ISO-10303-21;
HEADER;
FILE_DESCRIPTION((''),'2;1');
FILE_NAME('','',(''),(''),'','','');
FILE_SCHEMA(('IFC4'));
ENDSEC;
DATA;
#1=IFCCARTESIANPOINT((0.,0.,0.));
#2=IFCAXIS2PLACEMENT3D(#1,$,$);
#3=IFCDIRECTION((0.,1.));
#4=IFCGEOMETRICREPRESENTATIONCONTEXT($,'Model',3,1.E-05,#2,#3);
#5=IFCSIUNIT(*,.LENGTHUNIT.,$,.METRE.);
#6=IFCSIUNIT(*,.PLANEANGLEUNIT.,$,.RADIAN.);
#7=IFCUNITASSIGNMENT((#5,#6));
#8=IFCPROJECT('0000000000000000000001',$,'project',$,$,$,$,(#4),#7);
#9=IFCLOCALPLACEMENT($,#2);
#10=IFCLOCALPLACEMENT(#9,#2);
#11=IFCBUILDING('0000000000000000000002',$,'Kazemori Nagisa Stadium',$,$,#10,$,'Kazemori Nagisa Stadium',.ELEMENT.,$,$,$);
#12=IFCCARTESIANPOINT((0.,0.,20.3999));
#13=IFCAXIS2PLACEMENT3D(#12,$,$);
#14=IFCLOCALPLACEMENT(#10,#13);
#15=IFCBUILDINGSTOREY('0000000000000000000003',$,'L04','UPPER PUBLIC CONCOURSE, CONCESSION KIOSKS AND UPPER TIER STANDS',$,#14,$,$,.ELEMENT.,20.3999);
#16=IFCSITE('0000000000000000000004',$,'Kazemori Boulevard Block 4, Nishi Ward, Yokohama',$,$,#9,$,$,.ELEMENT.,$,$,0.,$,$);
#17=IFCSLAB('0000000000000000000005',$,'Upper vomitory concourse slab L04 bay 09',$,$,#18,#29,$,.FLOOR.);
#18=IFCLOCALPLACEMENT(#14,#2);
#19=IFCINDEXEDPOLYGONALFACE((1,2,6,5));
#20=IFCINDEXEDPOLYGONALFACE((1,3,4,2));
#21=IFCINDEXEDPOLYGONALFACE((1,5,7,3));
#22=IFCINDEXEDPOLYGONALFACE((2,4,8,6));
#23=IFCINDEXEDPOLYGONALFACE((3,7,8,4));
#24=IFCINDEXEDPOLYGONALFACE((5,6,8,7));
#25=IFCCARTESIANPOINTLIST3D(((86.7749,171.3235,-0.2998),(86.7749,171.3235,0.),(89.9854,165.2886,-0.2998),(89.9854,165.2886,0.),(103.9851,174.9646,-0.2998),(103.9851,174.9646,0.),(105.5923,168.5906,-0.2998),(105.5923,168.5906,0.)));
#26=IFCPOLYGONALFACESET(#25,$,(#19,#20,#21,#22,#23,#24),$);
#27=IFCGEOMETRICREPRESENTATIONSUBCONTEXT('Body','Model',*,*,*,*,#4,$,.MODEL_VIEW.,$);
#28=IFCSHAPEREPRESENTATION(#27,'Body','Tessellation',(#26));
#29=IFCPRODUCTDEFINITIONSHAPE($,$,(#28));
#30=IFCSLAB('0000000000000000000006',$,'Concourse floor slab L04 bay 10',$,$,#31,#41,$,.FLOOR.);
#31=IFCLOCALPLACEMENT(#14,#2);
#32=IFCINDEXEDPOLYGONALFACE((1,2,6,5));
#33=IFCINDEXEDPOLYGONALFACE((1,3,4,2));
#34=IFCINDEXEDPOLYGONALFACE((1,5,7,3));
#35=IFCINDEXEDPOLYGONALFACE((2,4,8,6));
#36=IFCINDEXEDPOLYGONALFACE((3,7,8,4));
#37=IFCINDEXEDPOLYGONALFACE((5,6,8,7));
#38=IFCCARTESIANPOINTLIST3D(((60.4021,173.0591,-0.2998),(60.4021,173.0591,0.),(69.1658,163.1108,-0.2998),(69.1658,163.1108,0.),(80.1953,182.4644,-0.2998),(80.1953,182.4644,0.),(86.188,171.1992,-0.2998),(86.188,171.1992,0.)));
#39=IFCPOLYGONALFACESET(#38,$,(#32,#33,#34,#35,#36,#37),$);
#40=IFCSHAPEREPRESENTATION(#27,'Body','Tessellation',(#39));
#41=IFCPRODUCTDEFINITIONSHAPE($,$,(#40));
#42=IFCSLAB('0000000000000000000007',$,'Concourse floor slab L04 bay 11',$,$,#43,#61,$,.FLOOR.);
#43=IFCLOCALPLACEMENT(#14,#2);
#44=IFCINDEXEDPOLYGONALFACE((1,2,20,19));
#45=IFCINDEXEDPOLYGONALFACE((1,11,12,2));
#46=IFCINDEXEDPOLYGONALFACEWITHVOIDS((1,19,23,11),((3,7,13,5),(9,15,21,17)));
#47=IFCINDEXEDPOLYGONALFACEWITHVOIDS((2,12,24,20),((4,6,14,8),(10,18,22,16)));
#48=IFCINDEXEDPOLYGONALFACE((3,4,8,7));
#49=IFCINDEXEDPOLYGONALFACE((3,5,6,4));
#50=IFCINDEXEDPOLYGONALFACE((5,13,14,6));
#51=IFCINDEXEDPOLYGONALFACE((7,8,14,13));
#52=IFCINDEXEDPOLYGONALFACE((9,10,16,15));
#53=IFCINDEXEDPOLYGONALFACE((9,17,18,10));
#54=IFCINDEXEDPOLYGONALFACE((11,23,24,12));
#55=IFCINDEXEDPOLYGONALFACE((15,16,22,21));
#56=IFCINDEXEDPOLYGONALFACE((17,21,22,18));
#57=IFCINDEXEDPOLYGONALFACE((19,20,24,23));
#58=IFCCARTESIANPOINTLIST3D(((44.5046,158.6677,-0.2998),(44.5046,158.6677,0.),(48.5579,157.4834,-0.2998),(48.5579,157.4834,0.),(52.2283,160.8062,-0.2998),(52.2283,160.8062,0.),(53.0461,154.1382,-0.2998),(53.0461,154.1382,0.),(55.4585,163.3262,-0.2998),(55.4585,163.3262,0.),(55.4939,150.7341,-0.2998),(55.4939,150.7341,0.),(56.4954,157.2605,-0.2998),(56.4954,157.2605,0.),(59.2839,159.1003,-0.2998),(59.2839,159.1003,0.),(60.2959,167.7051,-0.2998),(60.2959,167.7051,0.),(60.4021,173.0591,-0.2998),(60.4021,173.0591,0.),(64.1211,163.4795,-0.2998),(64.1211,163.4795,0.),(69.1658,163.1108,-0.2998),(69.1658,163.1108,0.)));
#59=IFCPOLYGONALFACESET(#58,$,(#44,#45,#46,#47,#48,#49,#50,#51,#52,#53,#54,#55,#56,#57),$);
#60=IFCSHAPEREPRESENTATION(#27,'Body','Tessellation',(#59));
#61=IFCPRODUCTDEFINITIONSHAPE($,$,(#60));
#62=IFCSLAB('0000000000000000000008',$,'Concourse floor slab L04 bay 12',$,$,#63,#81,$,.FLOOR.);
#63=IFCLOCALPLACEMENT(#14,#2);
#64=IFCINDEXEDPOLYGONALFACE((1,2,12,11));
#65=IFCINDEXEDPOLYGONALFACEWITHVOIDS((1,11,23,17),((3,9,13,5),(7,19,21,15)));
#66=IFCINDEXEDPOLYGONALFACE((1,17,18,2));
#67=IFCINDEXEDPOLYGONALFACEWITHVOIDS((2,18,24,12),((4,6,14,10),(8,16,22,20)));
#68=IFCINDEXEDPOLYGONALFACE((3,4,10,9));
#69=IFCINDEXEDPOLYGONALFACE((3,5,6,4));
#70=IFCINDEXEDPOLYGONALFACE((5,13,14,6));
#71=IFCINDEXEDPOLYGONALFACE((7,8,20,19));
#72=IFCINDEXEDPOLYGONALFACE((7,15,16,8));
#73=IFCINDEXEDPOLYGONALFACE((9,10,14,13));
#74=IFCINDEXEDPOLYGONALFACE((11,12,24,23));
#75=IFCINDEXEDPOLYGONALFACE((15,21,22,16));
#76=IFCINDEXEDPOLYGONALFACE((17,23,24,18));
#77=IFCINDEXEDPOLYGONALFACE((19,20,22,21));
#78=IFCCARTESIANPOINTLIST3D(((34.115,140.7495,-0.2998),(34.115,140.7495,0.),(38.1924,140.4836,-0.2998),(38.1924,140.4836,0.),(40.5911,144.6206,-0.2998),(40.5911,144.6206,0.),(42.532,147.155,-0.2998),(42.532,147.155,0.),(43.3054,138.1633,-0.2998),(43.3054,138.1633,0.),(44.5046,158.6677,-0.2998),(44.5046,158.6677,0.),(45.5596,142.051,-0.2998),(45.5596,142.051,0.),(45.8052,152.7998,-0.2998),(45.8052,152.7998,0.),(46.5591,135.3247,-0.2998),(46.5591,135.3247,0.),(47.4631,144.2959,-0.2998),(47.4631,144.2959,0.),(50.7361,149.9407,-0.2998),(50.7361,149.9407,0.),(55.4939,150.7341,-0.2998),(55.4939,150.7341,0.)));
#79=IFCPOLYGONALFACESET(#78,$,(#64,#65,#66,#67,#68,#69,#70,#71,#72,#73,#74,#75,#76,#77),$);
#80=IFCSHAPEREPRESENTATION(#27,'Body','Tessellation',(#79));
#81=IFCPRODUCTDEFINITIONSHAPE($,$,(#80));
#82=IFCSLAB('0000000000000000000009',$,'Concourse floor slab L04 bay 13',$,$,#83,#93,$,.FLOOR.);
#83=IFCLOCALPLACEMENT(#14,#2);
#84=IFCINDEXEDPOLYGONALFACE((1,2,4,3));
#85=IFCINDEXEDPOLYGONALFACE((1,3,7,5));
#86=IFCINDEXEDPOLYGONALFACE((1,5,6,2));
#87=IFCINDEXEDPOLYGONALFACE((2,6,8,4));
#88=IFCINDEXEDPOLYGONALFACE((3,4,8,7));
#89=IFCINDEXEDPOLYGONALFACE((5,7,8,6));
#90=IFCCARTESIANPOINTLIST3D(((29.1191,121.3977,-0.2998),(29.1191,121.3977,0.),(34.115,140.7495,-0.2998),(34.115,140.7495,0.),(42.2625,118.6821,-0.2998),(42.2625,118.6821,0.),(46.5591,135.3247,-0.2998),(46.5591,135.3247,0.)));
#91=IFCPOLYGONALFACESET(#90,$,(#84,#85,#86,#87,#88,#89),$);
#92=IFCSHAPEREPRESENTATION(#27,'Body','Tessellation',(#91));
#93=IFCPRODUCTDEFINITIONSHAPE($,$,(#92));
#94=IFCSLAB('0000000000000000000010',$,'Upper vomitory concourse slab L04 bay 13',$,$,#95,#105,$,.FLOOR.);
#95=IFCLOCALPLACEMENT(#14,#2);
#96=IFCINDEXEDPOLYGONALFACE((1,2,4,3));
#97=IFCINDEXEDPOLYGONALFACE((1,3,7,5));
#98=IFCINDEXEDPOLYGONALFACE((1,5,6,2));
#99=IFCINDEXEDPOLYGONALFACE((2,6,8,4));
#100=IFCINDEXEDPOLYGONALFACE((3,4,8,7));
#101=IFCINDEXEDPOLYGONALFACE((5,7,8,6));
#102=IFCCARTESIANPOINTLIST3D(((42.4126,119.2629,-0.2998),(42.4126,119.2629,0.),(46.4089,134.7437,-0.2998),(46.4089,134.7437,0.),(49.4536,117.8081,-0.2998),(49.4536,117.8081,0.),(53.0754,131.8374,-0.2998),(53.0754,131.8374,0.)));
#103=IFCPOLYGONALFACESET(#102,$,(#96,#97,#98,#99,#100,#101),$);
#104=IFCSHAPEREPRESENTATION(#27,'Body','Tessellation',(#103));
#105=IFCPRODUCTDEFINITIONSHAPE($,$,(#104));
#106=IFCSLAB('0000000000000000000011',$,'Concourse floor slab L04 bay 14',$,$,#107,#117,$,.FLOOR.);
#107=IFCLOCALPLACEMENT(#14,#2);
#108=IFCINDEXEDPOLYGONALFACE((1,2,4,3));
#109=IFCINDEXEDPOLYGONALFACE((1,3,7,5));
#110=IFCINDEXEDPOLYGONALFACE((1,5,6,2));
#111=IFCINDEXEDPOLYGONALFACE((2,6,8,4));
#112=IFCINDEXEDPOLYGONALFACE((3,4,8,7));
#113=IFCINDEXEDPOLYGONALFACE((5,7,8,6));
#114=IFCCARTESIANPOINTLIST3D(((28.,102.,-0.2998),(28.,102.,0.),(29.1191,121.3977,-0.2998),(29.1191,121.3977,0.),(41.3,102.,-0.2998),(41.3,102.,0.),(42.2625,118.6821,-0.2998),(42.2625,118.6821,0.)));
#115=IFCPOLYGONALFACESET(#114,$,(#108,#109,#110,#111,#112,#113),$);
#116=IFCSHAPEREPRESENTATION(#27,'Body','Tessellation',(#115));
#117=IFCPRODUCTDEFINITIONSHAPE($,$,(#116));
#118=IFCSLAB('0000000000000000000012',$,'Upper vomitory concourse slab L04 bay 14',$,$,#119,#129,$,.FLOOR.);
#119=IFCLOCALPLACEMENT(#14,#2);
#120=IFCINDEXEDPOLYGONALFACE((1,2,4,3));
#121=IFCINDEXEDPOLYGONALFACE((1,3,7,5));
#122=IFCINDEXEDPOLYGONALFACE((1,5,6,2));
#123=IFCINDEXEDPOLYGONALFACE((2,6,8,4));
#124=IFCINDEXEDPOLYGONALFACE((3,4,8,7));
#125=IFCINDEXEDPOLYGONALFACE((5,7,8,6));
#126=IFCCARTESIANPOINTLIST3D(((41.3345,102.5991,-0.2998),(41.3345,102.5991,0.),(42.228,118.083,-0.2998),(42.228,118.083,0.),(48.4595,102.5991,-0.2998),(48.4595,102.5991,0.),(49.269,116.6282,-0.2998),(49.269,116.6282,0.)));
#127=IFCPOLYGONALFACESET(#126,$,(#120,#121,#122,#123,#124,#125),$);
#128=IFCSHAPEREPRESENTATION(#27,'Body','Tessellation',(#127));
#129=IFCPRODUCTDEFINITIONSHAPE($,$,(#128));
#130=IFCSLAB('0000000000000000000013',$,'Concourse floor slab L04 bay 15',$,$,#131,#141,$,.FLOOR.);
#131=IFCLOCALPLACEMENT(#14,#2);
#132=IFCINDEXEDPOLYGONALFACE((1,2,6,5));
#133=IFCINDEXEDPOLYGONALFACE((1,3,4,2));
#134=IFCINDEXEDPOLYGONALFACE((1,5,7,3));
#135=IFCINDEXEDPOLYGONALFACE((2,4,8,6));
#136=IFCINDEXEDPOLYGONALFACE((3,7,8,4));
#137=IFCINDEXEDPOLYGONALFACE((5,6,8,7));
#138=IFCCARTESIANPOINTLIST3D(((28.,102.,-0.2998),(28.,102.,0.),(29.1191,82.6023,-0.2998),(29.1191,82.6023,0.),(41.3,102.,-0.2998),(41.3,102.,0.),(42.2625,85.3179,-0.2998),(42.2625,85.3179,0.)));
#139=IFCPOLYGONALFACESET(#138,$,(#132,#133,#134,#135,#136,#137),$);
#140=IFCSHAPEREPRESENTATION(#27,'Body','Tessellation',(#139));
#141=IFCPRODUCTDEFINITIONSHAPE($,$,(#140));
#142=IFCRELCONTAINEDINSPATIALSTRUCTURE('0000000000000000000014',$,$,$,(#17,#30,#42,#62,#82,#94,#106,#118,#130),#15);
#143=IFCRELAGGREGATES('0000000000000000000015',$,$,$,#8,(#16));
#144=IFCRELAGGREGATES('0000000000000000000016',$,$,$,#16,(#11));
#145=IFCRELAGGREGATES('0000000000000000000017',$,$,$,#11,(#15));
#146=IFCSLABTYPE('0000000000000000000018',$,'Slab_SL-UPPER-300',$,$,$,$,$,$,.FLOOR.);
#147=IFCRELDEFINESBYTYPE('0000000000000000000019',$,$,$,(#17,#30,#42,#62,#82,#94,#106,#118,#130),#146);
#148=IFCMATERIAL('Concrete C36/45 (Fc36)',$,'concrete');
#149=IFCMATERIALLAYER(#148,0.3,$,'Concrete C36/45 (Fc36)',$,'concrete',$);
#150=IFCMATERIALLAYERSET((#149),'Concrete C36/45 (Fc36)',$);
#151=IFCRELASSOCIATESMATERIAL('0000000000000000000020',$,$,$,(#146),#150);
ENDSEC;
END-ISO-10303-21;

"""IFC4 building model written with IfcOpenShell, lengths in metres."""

from ifc_helpers import new_model, si_unit, direction, frame, origin, place, context, subcontext, project, spatial, polyline, outline, extrude, material, layer, layer_set, type_object, element, save


model = new_model("IFC4")

# Units and contexts
model_context = context("Model", 3, precision=1e-05, world=origin(), true_north=direction((0.0, 1.0)))
body_context = subcontext(model_context, "Body", "Model", "MODEL_VIEW")
ifc_project = project(units=[si_unit("LENGTHUNIT", "METRE"), si_unit("PLANEANGLEUNIT", "RADIAN")], contexts=[model_context])

# Site, building, storey
site_placement = place(None, origin())
site = spatial("IfcSite", under=ifc_project, at=site_placement, Name="Kazemori Boulevard Block 4, Nishi Ward, Yokohama", CompositionType="ELEMENT", RefElevation=0.0)
building_placement = place(site_placement, origin())
building = spatial("IfcBuilding", under=site, at=building_placement, Name="Kazemori Nagisa Stadium", LongName="Kazemori Nagisa Stadium", CompositionType="ELEMENT")
storey_placement = place(building_placement, frame((0.0, 0.0, 20.3999)))
storey = spatial("IfcBuildingStorey", under=building, at=storey_placement, Name="L04", Description="UPPER PUBLIC CONCOURSE, CONCESSION KIOSKS AND UPPER TIER STANDS", CompositionType="ELEMENT", Elevation=20.3999)

# Slabs
ifc_material = material(Name="Concrete C36/45 (Fc36)", Category="concrete")
ifc_layer = layer(ifc_material, 0.3, Name="Concrete C36/45 (Fc36)", Category="concrete")
ifc_layer_set = layer_set([ifc_layer], Name="Concrete C36/45 (Fc36)")
slab_type = type_object("IfcSlabType", Name="Slab_SL-UPPER-300", PredefinedType="FLOOR", material=ifc_layer_set)
slab_1_placement = place(storey_placement, frame((0.0, 0.0, -0.2998)))
element("IfcSlab", 1, at=slab_1_placement, inside=storey, type_object=slab_type, Name="Upper vomitory concourse slab L04 bay 09", PredefinedType="FLOOR", context=body_context, shape_type="SweptSolid", body=[
    extrude(outline(polyline([(105.5923, 168.5906), (89.9854, 165.2886), (86.7749, 171.3235), (103.9851, 174.9646), (105.5923, 168.5906)])), origin(), (0.0, 0.0, 1.0), 0.2998),
])
slab_2_placement = place(storey_placement, frame((0.0, 0.0, -0.2998)))
element("IfcSlab", 2, at=slab_2_placement, inside=storey, type_object=slab_type, Name="Concourse floor slab L04 bay 10", PredefinedType="FLOOR", context=body_context, shape_type="SweptSolid", body=[
    extrude(outline(polyline([(86.188, 171.1992), (69.1658, 163.1108), (60.4021, 173.0591), (80.1953, 182.4644), (86.188, 171.1992)])), origin(), (0.0, 0.0, 1.0), 0.2998),
])
slab_3_placement = place(storey_placement, frame((0.0, 0.0, -0.2998)))
element("IfcSlab", 3, at=slab_3_placement, inside=storey, type_object=slab_type, Name="Concourse floor slab L04 bay 11", PredefinedType="FLOOR", context=body_context, shape_type="SweptSolid", body=[
    extrude(outline(polyline([(69.1658, 163.1108), (55.4939, 150.7341), (44.5046, 158.6677), (60.4021, 173.0591), (69.1658, 163.1108)]), holes=[polyline([(64.1211, 163.4795), (59.2839, 159.1003), (55.4585, 163.3262), (60.2959, 167.7051), (64.1211, 163.4795)]), polyline([(56.4954, 157.2605), (53.0461, 154.1382), (48.5579, 157.4834), (52.2283, 160.8062), (56.4954, 157.2605)])]), origin(), (0.0, 0.0, 1.0), 0.2998),
])
slab_4_placement = place(storey_placement, frame((0.0, 0.0, -0.2998)))
element("IfcSlab", 4, at=slab_4_placement, inside=storey, type_object=slab_type, Name="Concourse floor slab L04 bay 12", PredefinedType="FLOOR", context=body_context, shape_type="SweptSolid", body=[
    extrude(outline(polyline([(55.4939, 150.7341), (46.5591, 135.3247), (34.115, 140.7495), (44.5046, 158.6677), (55.4939, 150.7341)]), holes=[polyline([(50.7361, 149.9407), (47.4631, 144.2959), (42.532, 147.155), (45.8052, 152.7998), (50.7361, 149.9407)]), polyline([(45.5596, 142.051), (43.3054, 138.1633), (38.1924, 140.4836), (40.5911, 144.6206), (45.5596, 142.051)])]), origin(), (0.0, 0.0, 1.0), 0.2998),
])
slab_5_placement = place(storey_placement, frame((0.0, 0.0, -0.2998)))
element("IfcSlab", 5, at=slab_5_placement, inside=storey, type_object=slab_type, Name="Concourse floor slab L04 bay 13", PredefinedType="FLOOR", context=body_context, shape_type="SweptSolid", body=[
    extrude(outline(polyline([(46.5591, 135.3247), (42.2625, 118.6821), (29.1191, 121.3977), (34.115, 140.7495), (46.5591, 135.3247)])), origin(), (0.0, 0.0, 1.0), 0.2998),
])
slab_6_placement = place(storey_placement, frame((0.0, 0.0, -0.2998)))
element("IfcSlab", 6, at=slab_6_placement, inside=storey, type_object=slab_type, Name="Upper vomitory concourse slab L04 bay 13", PredefinedType="FLOOR", context=body_context, shape_type="SweptSolid", body=[
    extrude(outline(polyline([(53.0754, 131.8374), (49.4536, 117.8081), (42.4126, 119.2629), (46.4089, 134.7437), (53.0754, 131.8374)])), origin(), (0.0, 0.0, 1.0), 0.2998),
])
slab_7_placement = place(storey_placement, frame((0.0, 0.0, -0.2998)))
element("IfcSlab", 7, at=slab_7_placement, inside=storey, type_object=slab_type, Name="Concourse floor slab L04 bay 14", PredefinedType="FLOOR", context=body_context, shape_type="SweptSolid", body=[
    extrude(outline(polyline([(42.2625, 118.6821), (41.3, 102.0), (28.0, 102.0), (29.1191, 121.3977), (42.2625, 118.6821)])), origin(), (0.0, 0.0, 1.0), 0.2998),
])
slab_8_placement = place(storey_placement, frame((0.0, 0.0, -0.2998)))
element("IfcSlab", 8, at=slab_8_placement, inside=storey, type_object=slab_type, Name="Upper vomitory concourse slab L04 bay 14", PredefinedType="FLOOR", context=body_context, shape_type="SweptSolid", body=[
    extrude(outline(polyline([(49.269, 116.6282), (48.4595, 102.5991), (41.3345, 102.5991), (42.228, 118.083), (49.269, 116.6282)])), origin(), (0.0, 0.0, 1.0), 0.2998),
])
slab_9_placement = place(storey_placement, frame((0.0, 0.0, -0.2998)))
element("IfcSlab", 9, at=slab_9_placement, inside=storey, type_object=slab_type, Name="Concourse floor slab L04 bay 15", PredefinedType="FLOOR", context=body_context, shape_type="SweptSolid", body=[
    extrude(outline(polyline([(41.3, 102.0), (42.2625, 85.3179), (29.1191, 82.6023), (28.0, 102.0), (41.3, 102.0)])), origin(), (0.0, 0.0, 1.0), 0.2998),
])

save(model, "model.ifc")
